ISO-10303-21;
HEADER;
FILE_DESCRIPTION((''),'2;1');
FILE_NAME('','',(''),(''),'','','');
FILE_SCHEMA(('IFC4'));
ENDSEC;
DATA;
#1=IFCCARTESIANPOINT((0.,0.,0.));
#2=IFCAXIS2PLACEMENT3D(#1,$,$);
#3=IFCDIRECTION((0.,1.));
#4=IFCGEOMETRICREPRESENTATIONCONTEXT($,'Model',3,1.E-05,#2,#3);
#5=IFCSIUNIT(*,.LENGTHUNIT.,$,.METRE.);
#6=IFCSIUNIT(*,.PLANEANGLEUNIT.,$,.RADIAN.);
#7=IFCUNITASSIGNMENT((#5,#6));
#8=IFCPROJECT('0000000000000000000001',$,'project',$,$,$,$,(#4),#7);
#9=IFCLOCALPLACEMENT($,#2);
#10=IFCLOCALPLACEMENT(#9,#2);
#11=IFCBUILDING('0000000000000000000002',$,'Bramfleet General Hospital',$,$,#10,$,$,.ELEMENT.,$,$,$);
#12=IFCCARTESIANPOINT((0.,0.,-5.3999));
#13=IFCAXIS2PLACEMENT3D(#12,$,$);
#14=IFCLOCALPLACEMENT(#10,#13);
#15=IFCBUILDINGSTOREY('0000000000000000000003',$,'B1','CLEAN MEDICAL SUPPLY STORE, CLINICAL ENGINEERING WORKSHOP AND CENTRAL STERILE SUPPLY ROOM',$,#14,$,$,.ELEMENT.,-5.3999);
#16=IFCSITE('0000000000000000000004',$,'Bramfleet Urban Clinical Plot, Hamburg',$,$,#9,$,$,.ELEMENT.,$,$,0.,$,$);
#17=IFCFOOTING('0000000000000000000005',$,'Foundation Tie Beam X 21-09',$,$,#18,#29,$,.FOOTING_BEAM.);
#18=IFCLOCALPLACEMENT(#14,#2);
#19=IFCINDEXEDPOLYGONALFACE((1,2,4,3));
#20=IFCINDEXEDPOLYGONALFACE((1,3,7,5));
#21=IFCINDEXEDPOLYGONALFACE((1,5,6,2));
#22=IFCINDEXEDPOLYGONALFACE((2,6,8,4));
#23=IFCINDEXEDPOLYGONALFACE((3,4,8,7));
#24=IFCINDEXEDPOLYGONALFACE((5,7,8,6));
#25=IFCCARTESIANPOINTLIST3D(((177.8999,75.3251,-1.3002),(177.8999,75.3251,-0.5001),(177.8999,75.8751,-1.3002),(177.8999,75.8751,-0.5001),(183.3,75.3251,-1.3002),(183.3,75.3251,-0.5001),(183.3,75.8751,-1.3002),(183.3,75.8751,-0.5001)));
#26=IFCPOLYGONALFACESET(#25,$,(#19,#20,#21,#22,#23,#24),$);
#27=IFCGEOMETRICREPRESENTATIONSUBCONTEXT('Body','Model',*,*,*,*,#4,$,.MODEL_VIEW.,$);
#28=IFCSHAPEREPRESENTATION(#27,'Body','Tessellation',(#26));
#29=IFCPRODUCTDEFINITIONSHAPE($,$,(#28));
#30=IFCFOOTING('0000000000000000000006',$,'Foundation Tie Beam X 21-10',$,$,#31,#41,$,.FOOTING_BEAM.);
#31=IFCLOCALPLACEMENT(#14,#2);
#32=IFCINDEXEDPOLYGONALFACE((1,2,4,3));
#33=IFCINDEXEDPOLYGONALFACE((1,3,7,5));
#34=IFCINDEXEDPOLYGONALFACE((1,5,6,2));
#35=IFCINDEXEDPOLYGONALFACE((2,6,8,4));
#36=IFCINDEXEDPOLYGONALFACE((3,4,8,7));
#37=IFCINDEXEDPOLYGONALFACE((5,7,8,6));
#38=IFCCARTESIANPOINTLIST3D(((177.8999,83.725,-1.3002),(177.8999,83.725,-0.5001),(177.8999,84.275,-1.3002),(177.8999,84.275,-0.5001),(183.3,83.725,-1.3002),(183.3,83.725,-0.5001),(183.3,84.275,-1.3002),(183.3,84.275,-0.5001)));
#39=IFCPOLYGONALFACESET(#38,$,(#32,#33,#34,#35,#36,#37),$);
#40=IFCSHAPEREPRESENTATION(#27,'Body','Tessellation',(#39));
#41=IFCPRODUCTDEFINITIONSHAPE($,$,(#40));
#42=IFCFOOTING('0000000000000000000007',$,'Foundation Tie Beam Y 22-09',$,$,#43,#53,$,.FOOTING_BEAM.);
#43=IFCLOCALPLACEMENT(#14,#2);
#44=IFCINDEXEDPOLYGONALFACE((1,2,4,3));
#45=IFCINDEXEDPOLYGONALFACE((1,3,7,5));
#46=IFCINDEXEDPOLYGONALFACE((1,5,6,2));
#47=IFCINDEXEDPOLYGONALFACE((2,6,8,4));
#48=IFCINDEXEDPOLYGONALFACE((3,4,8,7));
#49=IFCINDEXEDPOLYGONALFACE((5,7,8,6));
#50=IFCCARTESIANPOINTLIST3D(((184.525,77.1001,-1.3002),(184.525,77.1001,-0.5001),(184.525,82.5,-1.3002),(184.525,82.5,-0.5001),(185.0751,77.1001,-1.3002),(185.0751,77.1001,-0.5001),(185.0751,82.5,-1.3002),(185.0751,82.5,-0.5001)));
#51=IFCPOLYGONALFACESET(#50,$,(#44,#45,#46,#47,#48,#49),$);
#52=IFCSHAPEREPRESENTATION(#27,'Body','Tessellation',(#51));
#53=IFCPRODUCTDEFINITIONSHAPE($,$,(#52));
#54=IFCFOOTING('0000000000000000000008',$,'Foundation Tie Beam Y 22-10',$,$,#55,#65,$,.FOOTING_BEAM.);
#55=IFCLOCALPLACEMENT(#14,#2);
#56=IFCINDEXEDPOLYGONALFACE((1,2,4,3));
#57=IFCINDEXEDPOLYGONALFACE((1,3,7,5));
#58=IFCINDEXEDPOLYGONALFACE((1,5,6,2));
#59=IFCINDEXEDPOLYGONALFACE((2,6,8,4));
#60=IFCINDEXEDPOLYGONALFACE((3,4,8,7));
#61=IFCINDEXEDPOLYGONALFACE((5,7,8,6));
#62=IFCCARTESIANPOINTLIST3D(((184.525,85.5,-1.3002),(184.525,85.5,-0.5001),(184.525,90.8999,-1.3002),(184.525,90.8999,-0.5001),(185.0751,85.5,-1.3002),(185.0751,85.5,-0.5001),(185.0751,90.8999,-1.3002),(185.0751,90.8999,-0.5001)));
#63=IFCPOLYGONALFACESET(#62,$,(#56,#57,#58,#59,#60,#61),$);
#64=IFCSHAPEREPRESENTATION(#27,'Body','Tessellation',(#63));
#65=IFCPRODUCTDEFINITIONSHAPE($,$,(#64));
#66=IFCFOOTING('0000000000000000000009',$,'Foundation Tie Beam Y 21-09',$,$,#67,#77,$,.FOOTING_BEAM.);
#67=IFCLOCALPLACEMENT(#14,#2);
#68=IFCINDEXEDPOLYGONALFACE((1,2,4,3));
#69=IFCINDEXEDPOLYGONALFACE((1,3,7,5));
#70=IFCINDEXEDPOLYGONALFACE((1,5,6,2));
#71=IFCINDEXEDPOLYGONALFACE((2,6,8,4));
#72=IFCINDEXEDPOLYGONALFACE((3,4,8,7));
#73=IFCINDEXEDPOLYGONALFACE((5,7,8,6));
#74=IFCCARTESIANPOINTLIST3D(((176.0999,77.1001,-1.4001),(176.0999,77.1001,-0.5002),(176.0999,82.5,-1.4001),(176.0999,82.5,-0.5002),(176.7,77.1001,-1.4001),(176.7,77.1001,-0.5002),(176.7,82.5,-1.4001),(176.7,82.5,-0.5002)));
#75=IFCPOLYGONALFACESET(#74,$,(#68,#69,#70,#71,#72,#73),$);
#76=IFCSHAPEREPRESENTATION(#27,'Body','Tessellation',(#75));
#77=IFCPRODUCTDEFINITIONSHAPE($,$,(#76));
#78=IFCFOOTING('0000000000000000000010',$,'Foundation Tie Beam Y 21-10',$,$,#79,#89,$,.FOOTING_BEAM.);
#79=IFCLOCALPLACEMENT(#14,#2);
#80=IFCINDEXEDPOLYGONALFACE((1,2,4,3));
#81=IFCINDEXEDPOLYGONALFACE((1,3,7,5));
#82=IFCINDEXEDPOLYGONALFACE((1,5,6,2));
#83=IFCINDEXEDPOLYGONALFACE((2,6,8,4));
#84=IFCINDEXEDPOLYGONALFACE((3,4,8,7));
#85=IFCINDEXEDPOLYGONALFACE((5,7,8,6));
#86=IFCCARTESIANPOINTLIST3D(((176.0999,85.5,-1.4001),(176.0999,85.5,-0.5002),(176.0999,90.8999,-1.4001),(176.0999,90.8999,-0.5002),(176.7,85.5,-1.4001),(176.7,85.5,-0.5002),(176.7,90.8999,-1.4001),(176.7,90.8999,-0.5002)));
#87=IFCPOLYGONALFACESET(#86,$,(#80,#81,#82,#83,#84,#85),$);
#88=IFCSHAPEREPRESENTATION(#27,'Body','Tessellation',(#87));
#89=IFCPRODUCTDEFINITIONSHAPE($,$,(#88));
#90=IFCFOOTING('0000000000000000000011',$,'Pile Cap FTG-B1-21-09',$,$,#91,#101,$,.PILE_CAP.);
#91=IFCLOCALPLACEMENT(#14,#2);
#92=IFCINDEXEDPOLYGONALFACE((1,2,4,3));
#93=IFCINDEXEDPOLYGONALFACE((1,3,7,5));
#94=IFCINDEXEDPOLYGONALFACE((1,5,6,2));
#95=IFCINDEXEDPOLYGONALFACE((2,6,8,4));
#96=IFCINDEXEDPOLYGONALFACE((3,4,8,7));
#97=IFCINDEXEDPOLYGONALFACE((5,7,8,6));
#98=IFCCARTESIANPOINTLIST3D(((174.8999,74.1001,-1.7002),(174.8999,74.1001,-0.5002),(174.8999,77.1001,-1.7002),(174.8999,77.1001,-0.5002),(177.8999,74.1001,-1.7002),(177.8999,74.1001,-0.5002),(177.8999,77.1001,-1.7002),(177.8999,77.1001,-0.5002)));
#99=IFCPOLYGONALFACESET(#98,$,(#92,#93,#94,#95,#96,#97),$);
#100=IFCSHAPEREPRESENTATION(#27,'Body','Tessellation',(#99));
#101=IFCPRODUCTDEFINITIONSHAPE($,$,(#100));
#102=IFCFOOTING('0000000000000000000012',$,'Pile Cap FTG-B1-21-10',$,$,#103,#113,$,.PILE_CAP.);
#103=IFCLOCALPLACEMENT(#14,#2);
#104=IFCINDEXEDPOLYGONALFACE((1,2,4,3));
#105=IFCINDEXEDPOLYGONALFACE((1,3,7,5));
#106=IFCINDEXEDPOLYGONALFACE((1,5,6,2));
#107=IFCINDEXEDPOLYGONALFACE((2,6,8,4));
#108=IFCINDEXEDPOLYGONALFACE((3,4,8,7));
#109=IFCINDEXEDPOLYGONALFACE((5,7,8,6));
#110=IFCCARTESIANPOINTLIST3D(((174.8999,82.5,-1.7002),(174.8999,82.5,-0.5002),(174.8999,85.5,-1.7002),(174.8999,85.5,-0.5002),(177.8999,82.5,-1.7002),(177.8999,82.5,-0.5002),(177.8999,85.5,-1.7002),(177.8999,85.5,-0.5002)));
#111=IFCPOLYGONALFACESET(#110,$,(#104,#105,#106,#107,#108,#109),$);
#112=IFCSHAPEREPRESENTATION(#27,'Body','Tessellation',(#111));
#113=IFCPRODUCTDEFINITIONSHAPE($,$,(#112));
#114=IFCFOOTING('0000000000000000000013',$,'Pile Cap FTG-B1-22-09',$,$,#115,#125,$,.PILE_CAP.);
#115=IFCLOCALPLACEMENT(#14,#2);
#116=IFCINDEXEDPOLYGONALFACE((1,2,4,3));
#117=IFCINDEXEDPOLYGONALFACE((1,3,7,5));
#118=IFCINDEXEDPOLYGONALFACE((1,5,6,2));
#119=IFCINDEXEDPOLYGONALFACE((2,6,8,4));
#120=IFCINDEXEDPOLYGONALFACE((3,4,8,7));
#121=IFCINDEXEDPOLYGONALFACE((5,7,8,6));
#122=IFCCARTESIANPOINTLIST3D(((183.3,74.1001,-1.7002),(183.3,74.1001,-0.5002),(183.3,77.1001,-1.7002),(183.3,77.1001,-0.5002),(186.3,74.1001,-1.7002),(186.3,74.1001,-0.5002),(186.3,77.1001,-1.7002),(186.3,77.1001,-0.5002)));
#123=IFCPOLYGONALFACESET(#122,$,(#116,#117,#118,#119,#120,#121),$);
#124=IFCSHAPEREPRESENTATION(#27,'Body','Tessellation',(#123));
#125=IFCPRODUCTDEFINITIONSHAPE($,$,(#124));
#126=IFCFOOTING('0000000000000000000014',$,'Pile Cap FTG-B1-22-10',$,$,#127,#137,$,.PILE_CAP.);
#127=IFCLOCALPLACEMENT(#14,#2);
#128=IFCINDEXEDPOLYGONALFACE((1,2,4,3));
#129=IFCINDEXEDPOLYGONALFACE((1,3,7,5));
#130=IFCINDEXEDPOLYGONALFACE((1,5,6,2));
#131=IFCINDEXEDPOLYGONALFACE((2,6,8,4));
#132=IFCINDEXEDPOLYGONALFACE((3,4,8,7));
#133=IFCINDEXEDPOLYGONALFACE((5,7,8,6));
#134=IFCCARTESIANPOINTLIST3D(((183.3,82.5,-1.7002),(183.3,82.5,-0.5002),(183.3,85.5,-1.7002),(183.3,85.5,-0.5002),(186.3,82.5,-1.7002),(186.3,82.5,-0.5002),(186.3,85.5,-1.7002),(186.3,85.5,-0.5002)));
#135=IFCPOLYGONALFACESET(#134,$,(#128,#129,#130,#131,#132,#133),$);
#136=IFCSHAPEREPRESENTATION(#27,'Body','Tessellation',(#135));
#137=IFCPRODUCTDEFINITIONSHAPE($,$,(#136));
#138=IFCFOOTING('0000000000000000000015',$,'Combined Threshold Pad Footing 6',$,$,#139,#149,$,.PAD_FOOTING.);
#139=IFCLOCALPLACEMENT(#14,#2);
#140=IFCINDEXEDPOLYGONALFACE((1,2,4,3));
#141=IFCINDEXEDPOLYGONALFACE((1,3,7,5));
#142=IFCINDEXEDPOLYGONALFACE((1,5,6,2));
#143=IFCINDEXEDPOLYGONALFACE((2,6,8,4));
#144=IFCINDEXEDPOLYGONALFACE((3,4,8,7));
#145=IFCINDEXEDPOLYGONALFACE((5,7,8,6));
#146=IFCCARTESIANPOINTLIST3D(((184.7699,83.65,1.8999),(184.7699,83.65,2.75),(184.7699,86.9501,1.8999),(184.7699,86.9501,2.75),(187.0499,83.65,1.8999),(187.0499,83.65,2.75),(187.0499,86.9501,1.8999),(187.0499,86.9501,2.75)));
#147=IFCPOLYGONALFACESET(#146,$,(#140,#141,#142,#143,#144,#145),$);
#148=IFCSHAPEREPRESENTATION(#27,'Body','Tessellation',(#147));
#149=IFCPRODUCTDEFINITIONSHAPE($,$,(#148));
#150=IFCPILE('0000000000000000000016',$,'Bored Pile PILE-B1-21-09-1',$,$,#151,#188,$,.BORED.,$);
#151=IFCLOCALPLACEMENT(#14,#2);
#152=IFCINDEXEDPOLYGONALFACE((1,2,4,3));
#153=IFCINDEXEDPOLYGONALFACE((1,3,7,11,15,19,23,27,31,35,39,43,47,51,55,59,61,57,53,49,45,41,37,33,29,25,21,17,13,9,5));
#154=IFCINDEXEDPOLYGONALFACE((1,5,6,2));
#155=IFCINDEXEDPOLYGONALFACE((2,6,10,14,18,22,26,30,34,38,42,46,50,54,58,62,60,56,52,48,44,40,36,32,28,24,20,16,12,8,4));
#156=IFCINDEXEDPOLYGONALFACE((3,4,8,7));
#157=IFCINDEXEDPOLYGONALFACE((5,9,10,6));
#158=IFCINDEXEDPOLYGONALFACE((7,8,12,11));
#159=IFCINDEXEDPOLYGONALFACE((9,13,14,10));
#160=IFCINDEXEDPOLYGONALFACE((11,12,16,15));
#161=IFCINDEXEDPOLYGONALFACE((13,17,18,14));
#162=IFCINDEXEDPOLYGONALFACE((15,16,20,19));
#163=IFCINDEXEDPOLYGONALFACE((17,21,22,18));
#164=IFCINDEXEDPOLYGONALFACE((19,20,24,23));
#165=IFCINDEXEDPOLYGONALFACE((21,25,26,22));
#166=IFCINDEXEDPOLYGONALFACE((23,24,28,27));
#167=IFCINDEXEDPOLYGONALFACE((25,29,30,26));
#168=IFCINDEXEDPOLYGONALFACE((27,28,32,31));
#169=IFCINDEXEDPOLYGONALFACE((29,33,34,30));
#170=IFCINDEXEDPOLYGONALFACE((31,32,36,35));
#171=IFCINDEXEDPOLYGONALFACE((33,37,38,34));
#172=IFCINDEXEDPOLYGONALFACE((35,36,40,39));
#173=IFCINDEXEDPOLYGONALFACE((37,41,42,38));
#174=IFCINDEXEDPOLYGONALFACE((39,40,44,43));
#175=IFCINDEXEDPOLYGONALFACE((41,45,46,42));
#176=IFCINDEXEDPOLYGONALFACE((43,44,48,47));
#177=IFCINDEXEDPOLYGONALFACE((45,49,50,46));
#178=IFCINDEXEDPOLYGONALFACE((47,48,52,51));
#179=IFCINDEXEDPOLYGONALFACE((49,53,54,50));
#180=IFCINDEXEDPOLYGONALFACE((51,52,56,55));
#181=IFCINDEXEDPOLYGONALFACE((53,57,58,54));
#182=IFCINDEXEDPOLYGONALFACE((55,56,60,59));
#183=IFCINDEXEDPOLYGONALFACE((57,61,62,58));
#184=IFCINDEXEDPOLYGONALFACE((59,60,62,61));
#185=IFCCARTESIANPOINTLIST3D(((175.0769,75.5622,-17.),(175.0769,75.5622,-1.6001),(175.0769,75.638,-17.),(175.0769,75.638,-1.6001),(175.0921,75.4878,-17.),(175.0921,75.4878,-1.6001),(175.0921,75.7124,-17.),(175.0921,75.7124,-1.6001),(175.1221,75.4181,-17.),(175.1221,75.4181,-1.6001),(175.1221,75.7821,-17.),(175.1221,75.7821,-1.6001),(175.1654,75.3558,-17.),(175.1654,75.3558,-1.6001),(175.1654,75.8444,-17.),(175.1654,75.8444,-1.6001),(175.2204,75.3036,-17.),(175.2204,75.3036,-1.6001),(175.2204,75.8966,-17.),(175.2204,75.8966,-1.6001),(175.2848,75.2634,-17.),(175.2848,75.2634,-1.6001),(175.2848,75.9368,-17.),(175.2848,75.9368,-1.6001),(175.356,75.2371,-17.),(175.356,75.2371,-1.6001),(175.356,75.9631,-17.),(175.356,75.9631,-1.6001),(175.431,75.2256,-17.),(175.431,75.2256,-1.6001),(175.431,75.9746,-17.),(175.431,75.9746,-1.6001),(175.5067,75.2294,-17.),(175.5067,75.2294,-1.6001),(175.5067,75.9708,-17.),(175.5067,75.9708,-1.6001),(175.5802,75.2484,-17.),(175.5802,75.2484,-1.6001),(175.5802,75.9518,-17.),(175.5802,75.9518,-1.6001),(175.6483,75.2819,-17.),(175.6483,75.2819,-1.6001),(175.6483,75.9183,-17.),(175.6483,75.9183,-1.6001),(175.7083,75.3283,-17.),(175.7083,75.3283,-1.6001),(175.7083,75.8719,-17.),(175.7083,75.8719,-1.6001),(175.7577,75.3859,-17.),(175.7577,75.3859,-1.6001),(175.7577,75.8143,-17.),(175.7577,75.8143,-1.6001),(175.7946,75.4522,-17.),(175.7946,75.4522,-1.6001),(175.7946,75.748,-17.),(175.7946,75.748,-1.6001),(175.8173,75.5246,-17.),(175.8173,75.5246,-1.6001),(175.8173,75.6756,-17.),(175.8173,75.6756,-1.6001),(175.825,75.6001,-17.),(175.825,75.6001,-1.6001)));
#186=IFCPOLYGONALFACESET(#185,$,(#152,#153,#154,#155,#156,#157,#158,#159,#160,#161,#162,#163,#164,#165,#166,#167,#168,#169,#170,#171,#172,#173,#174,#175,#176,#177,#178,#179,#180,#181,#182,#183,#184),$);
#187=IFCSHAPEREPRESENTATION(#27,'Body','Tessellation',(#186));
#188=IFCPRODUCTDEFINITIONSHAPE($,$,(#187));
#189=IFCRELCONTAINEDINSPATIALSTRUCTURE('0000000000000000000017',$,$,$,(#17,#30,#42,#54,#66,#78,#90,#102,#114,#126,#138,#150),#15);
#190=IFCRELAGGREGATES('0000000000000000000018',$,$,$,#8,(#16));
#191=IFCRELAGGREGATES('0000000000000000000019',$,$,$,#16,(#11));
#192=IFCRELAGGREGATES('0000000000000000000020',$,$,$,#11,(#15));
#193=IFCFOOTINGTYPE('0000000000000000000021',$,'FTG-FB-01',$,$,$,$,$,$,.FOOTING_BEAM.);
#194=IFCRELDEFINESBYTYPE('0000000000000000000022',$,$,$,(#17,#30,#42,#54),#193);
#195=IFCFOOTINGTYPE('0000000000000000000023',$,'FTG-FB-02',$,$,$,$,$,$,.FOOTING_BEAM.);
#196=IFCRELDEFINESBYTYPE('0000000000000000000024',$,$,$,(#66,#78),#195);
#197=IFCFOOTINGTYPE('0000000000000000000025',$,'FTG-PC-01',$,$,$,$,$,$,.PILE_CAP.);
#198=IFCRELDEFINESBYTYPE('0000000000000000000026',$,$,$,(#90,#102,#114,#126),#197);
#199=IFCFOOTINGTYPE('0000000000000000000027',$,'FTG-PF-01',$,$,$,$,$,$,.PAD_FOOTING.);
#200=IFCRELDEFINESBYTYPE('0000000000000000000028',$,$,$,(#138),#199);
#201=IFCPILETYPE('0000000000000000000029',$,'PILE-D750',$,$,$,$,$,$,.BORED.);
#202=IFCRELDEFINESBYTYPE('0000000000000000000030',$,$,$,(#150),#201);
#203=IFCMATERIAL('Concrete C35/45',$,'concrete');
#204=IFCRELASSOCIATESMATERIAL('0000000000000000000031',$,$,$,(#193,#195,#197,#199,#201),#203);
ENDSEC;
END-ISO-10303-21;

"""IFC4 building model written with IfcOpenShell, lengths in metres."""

from ifc_helpers import new_model, si_unit, direction, frame, origin, origin_2d, place, context, subcontext, project, spatial, rectangle, circle, extrude, material, material_profile, profile_set, type_object, element, save


model = new_model("IFC4")

# Units and contexts
model_context = context("Model", 3, precision=1e-05, world=origin(), true_north=direction((0.0, 1.0)))
body_context = subcontext(model_context, "Body", "Model", "MODEL_VIEW")
ifc_project = project(units=[si_unit("LENGTHUNIT", "METRE"), si_unit("PLANEANGLEUNIT", "RADIAN")], contexts=[model_context])

# Site, building, storey
site_placement = place(None, origin())
site = spatial("IfcSite", under=ifc_project, at=site_placement, Name="Bramfleet Urban Clinical Plot, Hamburg", CompositionType="ELEMENT", RefElevation=0.0)
building_placement = place(site_placement, origin())
building = spatial("IfcBuilding", under=site, at=building_placement, Name="Bramfleet General Hospital", CompositionType="ELEMENT")
storey_placement = place(building_placement, frame((0.0, 0.0, -5.3999)))
storey = spatial("IfcBuildingStorey", under=building, at=storey_placement, Name="B1", Description="CLEAN MEDICAL SUPPLY STORE, CLINICAL ENGINEERING WORKSHOP AND CENTRAL STERILE SUPPLY ROOM", CompositionType="ELEMENT", Elevation=-5.3999)

# Footings
ifc_material_1 = material(Name="Concrete C35/45", Category="concrete")
ifc_material_profile_1 = material_profile(ifc_material_1, rectangle(XDim=0.55, YDim=0.8, at=origin_2d()), Name="RC FB 800x550")
ifc_profile_set_1 = profile_set([ifc_material_profile_1], Name="Concrete C35/45")
footing_type_1 = type_object("IfcFootingType", Name="FTG-FB-01", PredefinedType="FOOTING_BEAM", material=ifc_profile_set_1)
for number, where, z_axis, x_axis, name in (
    (1, (177.8999, 75.6001, -0.9001), (1.0, 0.0, 0.0), (0.0, 1.0, 0.0), "Foundation Tie Beam X 21-09"),
    (2, (177.8999, 84.0, -0.9001), (1.0, 0.0, 0.0), (0.0, 1.0, 0.0), "Foundation Tie Beam X 21-10"),
):
    element("IfcFooting", number, at=place(storey_placement, frame(where, z_axis=z_axis, x_axis=x_axis)), inside=storey, type_object=footing_type_1, Name=name, PredefinedType="FOOTING_BEAM", context=body_context, shape_type="SweptSolid", body=[
        extrude(rectangle(XDim=0.55, YDim=0.8, at=origin_2d()), origin(), (0.0, 0.0, 1.0), 5.4001),
    ])
for number, where, z_axis, x_axis, name in (
    (3, (184.8, 77.1001, -0.9001), (0.0, 1.0, 0.0), (-1.0, 0.0, 0.0), "Foundation Tie Beam Y 22-09"),
    (4, (184.8, 85.5, -0.9001), (0.0, 1.0, 0.0), (-1.0, 0.0, 0.0), "Foundation Tie Beam Y 22-10"),
):
    element("IfcFooting", number, at=place(storey_placement, frame(where, z_axis=z_axis, x_axis=x_axis)), inside=storey, type_object=footing_type_1, Name=name, PredefinedType="FOOTING_BEAM", context=body_context, shape_type="SweptSolid", body=[
        extrude(rectangle(XDim=0.55, YDim=0.8, at=origin_2d()), origin(), (0.0, 0.0, 1.0), 5.3999),
    ])
ifc_material_profile_2 = material_profile(ifc_material_1, rectangle(XDim=0.6001, YDim=0.8999, at=origin_2d()), Name="RC FB 900x600")
ifc_profile_set_2 = profile_set([ifc_material_profile_2], Name="Concrete C35/45")
footing_type_2 = type_object("IfcFootingType", Name="FTG-FB-02", PredefinedType="FOOTING_BEAM", material=ifc_profile_set_2)
for number, where, z_axis, x_axis, name in (
    (5, (176.3999, 77.1001, -0.9502), (0.0, 1.0, 0.0), (-1.0, 0.0, 0.0), "Foundation Tie Beam Y 21-09"),
    (6, (176.3999, 85.5, -0.9502), (0.0, 1.0, 0.0), (-1.0, 0.0, 0.0), "Foundation Tie Beam Y 21-10"),
):
    element("IfcFooting", number, at=place(storey_placement, frame(where, z_axis=z_axis, x_axis=x_axis)), inside=storey, type_object=footing_type_2, Name=name, PredefinedType="FOOTING_BEAM", context=body_context, shape_type="SweptSolid", body=[
        extrude(rectangle(XDim=0.6001, YDim=0.8999, at=origin_2d()), origin(), (0.0, 0.0, 1.0), 5.3999),
    ])
footing_type_3 = type_object("IfcFootingType", Name="FTG-PC-01", PredefinedType="PILE_CAP", material=ifc_material_1)
for number, where, z_axis, x_axis, name in (
    (7, (176.3999, 75.6001, -1.7002), (0.0, 0.0, 1.0), (1.0, 0.0, 0.0), "Pile Cap FTG-B1-21-09"),
    (8, (176.3999, 84.0, -1.7002), (0.0, 0.0, 1.0), (1.0, 0.0, 0.0), "Pile Cap FTG-B1-21-10"),
    (9, (184.8, 75.6001, -1.7002), (0.0, 0.0, 1.0), (1.0, 0.0, 0.0), "Pile Cap FTG-B1-22-09"),
    (10, (184.8, 84.0, -1.7002), (0.0, 0.0, 1.0), (1.0, 0.0, 0.0), "Pile Cap FTG-B1-22-10"),
):
    element("IfcFooting", number, at=place(storey_placement, frame(where, z_axis=z_axis, x_axis=x_axis)), inside=storey, type_object=footing_type_3, Name=name, PredefinedType="PILE_CAP", context=body_context, shape_type="SweptSolid", body=[
        extrude(rectangle(XDim=3.0, YDim=3.0, at=origin_2d()), origin(), (0.0, 0.0, 1.0), 1.2),
    ])
footing_type_4 = type_object("IfcFootingType", Name="FTG-PF-01", PredefinedType="PAD_FOOTING", material=ifc_material_1)
footing_placement = place(storey_placement, frame((185.9099, 85.3, 1.8999), z_axis=(0.0, 0.0, 1.0), x_axis=(1.0, 0.0, 0.0)))
element("IfcFooting", 11, at=footing_placement, inside=storey, type_object=footing_type_4, Name="Combined Threshold Pad Footing 6", PredefinedType="PAD_FOOTING", context=body_context, shape_type="SweptSolid", body=[
    extrude(rectangle(XDim=2.28, YDim=3.3, at=origin_2d()), origin(), (0.0, 0.0, 1.0), 0.8501),
])

# Pile
ifc_material_profile_3 = material_profile(ifc_material_1, circle(Radius=0.375, at=origin_2d()), Name="PILE BORED D750")
ifc_profile_set_3 = profile_set([ifc_material_profile_3], Name="Concrete C35/45")
pile_type = type_object("IfcPileType", Name="PILE-D750", PredefinedType="BORED", material=ifc_profile_set_3)
for number, where, z_axis, x_axis, name in (
    (12, (175.45, 75.6001, -1.6001), (0.0, 0.0, -1.0), (1.0, 0.0, 0.0), "Bored Pile PILE-B1-21-09-1"),
):
    element("IfcPile", number, at=place(storey_placement, frame(where, z_axis=z_axis, x_axis=x_axis)), inside=storey, type_object=pile_type, Name=name, PredefinedType="BORED", context=body_context, shape_type="SweptSolid", body=[
        extrude(circle(Radius=0.375, at=origin_2d()), origin(), (0.0, 0.0, 1.0), 15.3999),
    ])

save(model, "model.ifc")
